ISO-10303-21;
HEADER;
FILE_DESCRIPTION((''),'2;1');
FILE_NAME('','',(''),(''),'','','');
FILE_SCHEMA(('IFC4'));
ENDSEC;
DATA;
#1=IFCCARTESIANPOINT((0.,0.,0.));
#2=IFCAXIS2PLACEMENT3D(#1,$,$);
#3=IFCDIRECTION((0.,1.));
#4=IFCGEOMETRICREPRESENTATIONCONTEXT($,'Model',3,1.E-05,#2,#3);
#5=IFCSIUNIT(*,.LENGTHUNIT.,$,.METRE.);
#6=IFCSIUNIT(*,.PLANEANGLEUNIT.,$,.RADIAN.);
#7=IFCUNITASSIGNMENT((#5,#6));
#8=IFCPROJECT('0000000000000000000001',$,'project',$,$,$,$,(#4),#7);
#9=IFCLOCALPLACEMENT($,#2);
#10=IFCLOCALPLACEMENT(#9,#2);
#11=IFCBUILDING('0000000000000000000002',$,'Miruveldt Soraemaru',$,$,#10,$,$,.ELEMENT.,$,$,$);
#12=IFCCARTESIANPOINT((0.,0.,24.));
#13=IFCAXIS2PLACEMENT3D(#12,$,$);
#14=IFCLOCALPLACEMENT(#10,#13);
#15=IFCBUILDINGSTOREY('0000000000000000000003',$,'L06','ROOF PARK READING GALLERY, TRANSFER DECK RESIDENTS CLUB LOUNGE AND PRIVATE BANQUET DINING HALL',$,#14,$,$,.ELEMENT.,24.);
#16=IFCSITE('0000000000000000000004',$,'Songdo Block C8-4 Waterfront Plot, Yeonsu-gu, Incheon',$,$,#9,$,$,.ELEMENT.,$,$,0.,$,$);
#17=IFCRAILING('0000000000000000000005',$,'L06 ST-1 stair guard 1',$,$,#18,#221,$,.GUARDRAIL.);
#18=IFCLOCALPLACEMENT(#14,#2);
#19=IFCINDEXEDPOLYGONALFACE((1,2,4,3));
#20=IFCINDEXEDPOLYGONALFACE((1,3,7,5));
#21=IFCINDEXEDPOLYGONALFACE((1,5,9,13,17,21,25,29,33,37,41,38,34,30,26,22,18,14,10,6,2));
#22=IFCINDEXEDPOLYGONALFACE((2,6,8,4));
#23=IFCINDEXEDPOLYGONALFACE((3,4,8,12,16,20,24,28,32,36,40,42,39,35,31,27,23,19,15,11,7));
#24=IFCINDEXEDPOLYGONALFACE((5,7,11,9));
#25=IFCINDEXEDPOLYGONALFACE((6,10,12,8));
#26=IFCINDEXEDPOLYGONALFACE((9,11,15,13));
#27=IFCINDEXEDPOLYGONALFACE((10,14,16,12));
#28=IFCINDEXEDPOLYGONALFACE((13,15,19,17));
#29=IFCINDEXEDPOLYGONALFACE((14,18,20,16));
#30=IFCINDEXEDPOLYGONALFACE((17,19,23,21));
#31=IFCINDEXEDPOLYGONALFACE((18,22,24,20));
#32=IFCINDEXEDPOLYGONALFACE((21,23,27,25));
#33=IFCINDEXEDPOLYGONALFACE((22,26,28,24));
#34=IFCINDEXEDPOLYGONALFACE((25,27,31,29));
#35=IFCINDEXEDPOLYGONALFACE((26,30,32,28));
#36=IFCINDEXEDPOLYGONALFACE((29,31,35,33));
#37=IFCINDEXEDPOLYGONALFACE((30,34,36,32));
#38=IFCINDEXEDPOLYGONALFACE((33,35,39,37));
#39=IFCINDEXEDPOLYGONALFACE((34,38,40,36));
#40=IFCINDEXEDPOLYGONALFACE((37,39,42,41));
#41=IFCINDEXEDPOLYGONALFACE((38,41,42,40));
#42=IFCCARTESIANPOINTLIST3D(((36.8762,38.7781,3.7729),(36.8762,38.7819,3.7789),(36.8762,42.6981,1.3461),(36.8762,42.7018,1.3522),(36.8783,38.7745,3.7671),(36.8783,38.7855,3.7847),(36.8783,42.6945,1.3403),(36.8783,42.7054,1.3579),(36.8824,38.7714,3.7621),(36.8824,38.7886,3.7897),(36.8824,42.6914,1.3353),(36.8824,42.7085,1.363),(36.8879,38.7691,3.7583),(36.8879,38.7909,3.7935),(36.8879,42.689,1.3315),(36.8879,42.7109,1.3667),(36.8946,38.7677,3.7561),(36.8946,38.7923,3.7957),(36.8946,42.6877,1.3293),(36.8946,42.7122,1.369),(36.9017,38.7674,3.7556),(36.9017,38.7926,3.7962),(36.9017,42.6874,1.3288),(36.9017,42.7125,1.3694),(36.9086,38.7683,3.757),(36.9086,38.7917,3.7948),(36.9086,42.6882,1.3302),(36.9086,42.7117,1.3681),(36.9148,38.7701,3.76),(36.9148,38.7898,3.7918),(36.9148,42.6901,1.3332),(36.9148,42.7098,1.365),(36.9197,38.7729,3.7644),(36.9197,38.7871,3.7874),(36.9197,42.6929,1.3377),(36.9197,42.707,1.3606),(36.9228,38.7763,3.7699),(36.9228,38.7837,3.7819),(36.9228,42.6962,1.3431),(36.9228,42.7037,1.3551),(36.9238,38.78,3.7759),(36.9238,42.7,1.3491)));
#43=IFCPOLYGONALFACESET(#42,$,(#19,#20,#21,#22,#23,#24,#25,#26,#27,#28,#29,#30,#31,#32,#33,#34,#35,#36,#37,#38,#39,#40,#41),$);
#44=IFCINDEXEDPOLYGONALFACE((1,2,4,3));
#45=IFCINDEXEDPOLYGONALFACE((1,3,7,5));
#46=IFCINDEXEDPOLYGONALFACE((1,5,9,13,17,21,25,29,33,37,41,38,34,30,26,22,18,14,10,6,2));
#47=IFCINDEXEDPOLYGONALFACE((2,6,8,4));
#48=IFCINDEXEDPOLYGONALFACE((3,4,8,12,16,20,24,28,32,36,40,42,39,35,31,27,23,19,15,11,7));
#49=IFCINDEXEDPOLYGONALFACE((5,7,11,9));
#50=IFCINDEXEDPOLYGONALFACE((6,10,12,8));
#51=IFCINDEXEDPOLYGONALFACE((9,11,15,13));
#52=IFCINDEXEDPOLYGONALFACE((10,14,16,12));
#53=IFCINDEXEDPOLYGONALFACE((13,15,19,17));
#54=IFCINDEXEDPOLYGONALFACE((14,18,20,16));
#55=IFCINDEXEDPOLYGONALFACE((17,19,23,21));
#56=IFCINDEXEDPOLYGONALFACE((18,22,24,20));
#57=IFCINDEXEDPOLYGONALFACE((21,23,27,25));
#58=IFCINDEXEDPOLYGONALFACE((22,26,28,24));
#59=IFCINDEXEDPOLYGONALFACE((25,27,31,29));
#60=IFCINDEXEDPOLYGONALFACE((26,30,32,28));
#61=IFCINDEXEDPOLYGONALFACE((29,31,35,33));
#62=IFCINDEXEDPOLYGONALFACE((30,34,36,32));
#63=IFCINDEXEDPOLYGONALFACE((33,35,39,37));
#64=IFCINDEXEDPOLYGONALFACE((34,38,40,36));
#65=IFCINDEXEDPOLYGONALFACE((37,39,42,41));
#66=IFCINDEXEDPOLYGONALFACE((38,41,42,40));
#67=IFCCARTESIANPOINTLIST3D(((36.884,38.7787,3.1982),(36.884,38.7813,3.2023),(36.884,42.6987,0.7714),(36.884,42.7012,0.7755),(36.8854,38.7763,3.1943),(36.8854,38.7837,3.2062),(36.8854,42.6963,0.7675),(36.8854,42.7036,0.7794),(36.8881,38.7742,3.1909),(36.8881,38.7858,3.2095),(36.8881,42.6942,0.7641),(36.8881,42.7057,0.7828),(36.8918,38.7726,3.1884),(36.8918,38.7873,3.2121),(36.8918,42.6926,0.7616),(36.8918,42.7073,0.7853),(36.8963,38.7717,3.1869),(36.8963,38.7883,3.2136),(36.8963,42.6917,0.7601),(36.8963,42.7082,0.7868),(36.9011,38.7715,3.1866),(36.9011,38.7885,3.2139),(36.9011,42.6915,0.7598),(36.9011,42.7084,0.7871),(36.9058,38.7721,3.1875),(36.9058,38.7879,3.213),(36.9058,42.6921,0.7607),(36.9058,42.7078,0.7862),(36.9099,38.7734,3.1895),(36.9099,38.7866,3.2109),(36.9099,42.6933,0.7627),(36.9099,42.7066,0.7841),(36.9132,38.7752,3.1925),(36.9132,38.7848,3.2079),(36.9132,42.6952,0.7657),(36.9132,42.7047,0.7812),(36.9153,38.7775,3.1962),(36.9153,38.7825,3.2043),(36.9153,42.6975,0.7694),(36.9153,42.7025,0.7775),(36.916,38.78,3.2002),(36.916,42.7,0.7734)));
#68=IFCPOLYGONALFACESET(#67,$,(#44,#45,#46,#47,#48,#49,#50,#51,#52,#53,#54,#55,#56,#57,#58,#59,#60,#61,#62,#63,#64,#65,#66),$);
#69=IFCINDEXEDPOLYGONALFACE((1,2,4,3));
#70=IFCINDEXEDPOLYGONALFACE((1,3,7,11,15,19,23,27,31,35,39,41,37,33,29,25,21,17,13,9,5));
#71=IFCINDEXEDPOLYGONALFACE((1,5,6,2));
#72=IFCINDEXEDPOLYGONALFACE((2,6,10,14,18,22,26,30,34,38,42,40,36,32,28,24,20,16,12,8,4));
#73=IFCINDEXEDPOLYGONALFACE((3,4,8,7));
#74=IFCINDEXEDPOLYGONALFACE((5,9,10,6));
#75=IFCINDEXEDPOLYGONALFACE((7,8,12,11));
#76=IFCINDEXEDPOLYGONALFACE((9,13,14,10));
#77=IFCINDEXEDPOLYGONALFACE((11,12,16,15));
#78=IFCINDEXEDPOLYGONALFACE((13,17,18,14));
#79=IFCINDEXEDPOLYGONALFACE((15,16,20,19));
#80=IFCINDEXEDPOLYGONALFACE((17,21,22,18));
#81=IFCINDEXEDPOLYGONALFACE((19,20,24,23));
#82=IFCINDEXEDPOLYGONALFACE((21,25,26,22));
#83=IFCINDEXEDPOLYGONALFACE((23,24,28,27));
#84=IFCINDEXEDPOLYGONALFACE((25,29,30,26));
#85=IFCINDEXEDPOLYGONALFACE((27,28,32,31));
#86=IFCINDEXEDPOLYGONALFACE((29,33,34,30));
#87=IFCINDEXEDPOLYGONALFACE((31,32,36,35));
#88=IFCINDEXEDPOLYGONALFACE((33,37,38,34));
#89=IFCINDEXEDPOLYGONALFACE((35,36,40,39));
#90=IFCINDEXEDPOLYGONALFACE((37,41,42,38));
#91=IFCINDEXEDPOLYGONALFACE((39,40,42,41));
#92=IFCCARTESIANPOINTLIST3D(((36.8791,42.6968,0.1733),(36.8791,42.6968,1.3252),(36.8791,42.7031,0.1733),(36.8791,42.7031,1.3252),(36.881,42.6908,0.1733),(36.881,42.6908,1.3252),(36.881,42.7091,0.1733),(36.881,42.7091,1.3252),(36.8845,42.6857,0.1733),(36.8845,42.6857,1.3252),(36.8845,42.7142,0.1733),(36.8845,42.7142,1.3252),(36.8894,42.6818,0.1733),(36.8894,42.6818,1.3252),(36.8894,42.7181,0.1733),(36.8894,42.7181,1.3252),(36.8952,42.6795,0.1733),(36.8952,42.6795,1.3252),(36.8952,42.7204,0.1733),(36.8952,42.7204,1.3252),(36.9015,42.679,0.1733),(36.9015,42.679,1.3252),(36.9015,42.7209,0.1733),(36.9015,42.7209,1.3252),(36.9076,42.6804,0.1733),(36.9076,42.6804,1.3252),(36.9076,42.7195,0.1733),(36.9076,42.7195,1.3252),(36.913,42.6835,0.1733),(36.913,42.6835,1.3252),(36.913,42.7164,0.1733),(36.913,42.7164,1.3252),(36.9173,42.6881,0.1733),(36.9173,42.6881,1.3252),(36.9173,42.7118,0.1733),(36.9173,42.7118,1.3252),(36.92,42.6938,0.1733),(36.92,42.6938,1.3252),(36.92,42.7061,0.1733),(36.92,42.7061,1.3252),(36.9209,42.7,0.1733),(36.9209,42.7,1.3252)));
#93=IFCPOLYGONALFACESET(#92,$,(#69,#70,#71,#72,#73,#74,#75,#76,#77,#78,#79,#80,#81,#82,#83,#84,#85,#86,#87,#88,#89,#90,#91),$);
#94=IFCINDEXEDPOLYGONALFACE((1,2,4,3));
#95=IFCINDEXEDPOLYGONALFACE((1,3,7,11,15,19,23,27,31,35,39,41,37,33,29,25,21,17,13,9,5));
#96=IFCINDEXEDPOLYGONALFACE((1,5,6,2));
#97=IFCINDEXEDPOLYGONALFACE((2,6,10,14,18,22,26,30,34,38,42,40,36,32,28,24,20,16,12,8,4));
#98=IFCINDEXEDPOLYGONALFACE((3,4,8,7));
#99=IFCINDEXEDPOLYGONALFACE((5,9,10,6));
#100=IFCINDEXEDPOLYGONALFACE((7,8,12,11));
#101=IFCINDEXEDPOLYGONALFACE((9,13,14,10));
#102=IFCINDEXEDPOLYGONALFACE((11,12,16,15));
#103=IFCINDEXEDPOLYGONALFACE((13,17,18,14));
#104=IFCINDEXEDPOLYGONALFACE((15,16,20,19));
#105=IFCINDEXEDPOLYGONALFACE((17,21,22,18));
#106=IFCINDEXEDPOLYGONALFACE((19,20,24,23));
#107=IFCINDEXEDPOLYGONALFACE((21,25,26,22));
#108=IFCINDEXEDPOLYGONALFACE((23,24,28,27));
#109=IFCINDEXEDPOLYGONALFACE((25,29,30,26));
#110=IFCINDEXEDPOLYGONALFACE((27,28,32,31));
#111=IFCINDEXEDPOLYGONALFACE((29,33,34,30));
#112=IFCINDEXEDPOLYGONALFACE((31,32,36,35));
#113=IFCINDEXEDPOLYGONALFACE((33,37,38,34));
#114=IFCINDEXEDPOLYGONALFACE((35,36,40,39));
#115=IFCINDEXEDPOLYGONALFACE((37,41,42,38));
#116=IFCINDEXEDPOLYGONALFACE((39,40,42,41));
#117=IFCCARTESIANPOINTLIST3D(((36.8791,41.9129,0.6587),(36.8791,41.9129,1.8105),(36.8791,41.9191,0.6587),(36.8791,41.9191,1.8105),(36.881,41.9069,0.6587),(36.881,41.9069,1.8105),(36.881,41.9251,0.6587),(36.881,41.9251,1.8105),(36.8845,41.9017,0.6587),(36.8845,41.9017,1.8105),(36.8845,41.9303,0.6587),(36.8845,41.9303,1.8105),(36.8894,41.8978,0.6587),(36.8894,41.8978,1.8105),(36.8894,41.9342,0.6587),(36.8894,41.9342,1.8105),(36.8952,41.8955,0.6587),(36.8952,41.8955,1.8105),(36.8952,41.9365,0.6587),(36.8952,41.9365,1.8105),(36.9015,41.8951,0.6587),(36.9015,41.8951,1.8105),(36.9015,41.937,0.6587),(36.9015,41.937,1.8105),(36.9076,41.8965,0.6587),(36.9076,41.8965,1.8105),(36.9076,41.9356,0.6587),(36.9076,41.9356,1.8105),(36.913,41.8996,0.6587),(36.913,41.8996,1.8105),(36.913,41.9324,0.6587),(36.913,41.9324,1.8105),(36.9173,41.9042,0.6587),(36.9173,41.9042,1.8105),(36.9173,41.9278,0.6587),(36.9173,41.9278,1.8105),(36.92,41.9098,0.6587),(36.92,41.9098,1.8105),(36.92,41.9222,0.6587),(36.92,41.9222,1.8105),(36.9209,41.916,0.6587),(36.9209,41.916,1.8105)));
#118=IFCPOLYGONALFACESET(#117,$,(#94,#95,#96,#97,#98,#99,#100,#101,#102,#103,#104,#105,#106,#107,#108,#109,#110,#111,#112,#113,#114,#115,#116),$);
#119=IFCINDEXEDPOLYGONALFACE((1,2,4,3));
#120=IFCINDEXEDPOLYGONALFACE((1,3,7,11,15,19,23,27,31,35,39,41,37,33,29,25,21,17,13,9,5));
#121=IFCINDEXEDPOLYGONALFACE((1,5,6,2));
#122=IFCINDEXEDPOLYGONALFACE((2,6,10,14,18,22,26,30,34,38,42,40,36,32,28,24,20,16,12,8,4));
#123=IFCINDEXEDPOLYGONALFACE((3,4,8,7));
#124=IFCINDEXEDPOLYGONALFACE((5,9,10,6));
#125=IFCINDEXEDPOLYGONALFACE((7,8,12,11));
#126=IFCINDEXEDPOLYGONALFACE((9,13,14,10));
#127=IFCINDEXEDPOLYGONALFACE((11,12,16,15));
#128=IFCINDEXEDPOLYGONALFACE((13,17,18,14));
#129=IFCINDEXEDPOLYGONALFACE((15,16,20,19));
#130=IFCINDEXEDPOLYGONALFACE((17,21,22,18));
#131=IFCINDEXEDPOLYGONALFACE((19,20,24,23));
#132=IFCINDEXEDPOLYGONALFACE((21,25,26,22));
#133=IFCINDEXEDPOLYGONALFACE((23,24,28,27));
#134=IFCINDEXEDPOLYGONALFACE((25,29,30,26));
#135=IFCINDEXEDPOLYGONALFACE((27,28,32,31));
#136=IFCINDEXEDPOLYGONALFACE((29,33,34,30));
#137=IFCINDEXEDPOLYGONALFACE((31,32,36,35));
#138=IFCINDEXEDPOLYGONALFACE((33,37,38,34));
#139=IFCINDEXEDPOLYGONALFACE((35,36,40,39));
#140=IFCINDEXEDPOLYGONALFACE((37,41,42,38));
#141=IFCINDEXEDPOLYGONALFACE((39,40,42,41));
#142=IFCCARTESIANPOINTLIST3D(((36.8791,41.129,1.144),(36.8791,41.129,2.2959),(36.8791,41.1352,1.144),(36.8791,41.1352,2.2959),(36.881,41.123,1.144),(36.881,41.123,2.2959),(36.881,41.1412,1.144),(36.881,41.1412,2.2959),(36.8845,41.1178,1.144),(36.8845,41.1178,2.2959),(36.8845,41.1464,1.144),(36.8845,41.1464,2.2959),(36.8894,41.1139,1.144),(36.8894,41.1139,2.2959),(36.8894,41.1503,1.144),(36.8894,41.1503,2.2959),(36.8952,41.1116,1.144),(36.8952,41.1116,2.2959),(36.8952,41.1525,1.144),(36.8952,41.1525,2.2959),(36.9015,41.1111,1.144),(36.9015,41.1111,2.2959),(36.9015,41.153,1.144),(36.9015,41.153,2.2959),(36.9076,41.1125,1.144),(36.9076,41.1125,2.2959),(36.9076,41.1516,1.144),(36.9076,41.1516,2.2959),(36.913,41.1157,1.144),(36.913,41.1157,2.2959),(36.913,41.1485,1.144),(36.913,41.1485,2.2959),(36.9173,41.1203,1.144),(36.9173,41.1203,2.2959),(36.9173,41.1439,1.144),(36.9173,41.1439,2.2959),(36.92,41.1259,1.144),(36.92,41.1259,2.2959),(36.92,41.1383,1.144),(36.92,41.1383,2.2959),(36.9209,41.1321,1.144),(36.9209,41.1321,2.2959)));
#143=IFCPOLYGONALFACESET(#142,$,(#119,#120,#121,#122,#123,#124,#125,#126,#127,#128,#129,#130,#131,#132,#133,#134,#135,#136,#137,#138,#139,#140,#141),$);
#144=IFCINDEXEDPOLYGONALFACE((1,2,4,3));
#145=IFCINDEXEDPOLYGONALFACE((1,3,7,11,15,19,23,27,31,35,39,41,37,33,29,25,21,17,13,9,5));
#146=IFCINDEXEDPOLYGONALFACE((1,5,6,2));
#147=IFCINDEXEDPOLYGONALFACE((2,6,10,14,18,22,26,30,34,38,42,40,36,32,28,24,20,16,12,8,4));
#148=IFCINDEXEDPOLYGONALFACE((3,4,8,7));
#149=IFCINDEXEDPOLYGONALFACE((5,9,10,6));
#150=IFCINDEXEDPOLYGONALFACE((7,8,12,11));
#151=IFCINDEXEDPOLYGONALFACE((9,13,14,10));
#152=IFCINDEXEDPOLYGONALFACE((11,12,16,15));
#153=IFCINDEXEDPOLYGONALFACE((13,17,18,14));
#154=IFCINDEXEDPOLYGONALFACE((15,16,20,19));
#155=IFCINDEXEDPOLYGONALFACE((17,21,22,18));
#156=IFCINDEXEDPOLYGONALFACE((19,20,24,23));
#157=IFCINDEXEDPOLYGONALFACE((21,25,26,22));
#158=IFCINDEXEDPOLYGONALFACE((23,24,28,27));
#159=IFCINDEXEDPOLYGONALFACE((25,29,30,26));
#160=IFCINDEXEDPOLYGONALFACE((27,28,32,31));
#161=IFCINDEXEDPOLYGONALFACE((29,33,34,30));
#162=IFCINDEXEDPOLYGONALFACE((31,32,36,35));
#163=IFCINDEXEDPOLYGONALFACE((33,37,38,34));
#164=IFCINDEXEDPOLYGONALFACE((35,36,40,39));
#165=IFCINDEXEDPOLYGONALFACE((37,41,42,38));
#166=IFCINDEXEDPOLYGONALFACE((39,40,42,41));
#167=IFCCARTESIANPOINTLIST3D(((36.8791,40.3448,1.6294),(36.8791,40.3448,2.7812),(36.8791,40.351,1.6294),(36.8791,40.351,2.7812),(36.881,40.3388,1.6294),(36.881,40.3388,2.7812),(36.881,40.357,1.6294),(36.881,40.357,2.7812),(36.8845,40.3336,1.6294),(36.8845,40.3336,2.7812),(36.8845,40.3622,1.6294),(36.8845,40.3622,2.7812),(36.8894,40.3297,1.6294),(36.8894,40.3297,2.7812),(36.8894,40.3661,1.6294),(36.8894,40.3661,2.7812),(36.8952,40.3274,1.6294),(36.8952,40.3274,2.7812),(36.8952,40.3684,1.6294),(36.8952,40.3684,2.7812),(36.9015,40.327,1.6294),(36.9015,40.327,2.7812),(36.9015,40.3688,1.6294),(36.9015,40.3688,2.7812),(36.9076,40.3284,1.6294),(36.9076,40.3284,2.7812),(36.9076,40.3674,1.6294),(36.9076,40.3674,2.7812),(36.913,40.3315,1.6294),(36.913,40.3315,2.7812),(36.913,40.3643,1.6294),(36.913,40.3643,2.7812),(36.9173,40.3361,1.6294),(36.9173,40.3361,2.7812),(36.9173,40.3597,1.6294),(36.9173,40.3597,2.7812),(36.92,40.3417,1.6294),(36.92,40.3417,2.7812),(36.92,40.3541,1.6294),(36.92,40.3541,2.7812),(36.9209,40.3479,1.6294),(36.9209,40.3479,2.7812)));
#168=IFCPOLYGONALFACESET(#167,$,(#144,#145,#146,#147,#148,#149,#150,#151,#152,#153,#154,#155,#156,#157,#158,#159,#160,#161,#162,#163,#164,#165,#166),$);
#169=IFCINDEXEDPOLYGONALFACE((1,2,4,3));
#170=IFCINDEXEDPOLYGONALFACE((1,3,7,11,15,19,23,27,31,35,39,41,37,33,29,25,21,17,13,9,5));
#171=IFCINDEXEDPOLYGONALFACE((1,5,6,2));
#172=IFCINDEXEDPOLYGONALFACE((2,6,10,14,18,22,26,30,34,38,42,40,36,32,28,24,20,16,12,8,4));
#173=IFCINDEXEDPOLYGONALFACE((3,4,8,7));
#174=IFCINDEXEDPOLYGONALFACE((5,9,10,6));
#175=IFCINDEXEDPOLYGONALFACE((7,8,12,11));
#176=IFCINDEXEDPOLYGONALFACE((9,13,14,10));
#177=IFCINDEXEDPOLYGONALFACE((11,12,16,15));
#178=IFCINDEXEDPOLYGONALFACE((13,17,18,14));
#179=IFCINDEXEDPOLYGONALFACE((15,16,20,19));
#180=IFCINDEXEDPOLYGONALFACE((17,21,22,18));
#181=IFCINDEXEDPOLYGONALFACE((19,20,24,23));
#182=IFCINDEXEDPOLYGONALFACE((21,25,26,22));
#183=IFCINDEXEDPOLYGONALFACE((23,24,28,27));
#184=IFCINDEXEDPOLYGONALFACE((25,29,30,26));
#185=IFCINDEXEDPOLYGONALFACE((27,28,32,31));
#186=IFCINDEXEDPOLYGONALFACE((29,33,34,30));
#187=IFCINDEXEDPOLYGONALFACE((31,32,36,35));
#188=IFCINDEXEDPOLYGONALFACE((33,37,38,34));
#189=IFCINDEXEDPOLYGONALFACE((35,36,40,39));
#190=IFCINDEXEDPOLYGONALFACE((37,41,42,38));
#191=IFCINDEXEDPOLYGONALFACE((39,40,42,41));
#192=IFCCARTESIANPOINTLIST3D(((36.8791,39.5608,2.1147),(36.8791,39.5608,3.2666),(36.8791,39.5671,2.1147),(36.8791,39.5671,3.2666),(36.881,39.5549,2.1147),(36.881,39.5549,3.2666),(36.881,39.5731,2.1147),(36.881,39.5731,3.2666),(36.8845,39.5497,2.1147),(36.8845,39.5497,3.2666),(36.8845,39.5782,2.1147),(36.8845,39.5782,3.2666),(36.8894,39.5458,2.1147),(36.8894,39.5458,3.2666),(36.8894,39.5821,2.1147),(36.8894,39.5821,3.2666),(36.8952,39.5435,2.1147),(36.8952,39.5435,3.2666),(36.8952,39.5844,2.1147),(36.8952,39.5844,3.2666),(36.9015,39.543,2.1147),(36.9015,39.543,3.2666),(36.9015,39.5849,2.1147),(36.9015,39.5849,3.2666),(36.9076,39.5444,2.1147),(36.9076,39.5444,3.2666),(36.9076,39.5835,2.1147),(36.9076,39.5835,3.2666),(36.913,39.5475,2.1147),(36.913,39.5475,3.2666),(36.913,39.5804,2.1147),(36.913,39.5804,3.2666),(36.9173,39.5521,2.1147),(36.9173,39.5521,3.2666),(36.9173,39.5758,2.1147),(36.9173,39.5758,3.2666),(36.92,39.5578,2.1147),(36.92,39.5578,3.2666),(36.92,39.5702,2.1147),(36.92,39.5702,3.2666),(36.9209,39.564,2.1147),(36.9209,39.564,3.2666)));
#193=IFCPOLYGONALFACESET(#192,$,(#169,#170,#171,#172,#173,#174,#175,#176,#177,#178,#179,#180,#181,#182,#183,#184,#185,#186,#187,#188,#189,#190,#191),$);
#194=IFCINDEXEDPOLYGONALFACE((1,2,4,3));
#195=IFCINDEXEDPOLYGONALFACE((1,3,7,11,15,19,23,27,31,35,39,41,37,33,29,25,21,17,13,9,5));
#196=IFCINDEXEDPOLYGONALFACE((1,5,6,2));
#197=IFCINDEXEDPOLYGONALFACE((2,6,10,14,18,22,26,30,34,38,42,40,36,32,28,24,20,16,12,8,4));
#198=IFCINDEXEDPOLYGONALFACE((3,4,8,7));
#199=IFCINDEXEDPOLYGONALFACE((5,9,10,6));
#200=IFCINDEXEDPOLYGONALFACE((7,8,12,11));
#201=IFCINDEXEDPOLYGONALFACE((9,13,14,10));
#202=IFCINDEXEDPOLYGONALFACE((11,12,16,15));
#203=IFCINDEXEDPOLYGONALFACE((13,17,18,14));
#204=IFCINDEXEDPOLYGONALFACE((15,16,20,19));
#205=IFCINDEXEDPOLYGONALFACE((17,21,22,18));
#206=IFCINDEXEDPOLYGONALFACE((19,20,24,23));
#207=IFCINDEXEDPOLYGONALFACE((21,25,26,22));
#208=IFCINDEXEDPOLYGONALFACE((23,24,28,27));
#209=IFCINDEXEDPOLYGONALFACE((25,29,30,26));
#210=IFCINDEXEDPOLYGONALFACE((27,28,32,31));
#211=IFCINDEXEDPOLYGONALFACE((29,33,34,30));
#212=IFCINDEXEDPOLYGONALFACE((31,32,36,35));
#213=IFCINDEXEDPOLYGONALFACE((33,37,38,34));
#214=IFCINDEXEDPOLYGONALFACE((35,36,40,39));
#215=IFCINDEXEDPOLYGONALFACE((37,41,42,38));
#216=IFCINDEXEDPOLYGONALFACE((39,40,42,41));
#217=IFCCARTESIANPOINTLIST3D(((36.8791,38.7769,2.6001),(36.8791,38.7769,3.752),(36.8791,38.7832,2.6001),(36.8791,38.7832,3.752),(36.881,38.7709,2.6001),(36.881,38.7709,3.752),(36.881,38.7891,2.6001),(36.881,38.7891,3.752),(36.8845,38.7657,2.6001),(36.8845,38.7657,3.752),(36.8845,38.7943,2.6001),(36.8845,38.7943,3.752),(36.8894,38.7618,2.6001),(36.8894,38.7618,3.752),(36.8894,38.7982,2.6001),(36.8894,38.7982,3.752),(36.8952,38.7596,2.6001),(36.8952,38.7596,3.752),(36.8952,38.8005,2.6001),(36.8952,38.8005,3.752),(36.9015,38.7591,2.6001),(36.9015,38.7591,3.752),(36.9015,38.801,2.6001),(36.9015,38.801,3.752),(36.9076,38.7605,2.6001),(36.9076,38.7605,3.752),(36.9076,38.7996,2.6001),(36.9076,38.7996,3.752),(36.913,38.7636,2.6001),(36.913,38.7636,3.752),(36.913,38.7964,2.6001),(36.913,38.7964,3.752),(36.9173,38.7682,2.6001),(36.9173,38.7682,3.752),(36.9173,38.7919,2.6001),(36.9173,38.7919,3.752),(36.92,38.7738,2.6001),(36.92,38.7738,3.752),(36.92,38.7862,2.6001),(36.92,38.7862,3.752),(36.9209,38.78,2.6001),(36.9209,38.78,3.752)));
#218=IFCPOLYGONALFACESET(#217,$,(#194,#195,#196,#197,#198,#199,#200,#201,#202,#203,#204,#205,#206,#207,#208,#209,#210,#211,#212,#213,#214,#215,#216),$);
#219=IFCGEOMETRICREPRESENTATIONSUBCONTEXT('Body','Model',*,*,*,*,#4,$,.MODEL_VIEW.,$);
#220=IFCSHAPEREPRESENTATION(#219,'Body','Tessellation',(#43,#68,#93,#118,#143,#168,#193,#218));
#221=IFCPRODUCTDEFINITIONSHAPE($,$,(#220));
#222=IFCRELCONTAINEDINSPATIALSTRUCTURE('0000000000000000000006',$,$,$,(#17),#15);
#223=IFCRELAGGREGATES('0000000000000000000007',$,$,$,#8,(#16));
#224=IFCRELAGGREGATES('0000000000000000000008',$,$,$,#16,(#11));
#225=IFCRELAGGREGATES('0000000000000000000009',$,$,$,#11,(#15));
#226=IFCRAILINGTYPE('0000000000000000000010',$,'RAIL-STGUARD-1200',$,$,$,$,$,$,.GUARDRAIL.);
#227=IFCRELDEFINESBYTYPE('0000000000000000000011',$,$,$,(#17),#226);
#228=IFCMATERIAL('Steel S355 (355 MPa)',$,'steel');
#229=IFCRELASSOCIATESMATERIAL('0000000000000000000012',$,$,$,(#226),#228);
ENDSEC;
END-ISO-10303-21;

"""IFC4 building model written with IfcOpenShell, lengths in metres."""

from ifc_helpers import new_model, si_unit, direction, frame, origin, origin_2d, place, context, subcontext, project, spatial, circle, extrude, material, type_object, element, save


model = new_model("IFC4")

# Units and contexts
model_context = context("Model", 3, precision=1e-05, world=origin(), true_north=direction((0.0, 1.0)))
body_context = subcontext(model_context, "Body", "Model", "MODEL_VIEW")
ifc_project = project(units=[si_unit("LENGTHUNIT", "METRE"), si_unit("PLANEANGLEUNIT", "RADIAN")], contexts=[model_context])

# Site, building, storey
site_placement = place(None, origin())
site = spatial("IfcSite", under=ifc_project, at=site_placement, Name="Songdo Block C8-4 Waterfront Plot, Yeonsu-gu, Incheon", CompositionType="ELEMENT", RefElevation=0.0)
building_placement = place(site_placement, origin())
building = spatial("IfcBuilding", under=site, at=building_placement, Name="Miruveldt Soraemaru", CompositionType="ELEMENT")
storey_placement = place(building_placement, frame((0.0, 0.0, 24.0)))
storey = spatial("IfcBuildingStorey", under=building, at=storey_placement, Name="L06", Description="ROOF PARK READING GALLERY, TRANSFER DECK RESIDENTS CLUB LOUNGE AND PRIVATE BANQUET DINING HALL", CompositionType="ELEMENT", Elevation=24.0)

# Railing
ifc_material_1 = material(Name="Steel S355 (355 MPa)", Category="steel")
railing_type_1 = type_object("IfcRailingType", Name="RAIL-STGUARD-1200", PredefinedType="GUARDRAIL", material=ifc_material_1)
railing_1_placement = place(storey_placement, frame((36.8999, 42.7, 0.1733)))
element("IfcRailing", 1, at=railing_1_placement, inside=storey, type_object=railing_type_1, Name="L06 ST-1 stair guard 1", PredefinedType="GUARDRAIL", context=body_context, shape_type="SweptSolid", body=[
    extrude(circle(Radius=0.0239, at=origin_2d()), frame((0.0, 0.0, 1.1758), z_axis=(0.0, -0.850252, 0.526376), x_axis=(1.0, 0.0, 0.0)), (0.0, 0.0, 1.0), 4.6104),
    extrude(circle(Radius=0.0161, at=origin_2d()), frame((0.0, 0.0, 0.6001), z_axis=(0.0, -0.850252, 0.526376), x_axis=(1.0, 0.0, 0.0)), (0.0, 0.0, 1.0), 4.6104),
    extrude(circle(Radius=0.021, at=origin_2d()), origin(), (0.0, 0.0, 1.0), 1.1519),
    extrude(circle(Radius=0.021, at=origin_2d()), frame((0.0, -0.7839, 0.4854)), (0.0, 0.0, 1.0), 1.1519),
    extrude(circle(Radius=0.021, at=origin_2d()), frame((0.0, -1.5679, 0.9707)), (0.0, 0.0, 1.0), 1.1519),
    extrude(circle(Radius=0.021, at=origin_2d()), frame((0.0, -2.3521, 1.4561)), (0.0, 0.0, 1.0), 1.1519),
    extrude(circle(Radius=0.021, at=origin_2d()), frame((0.0, -3.136, 1.9414)), (0.0, 0.0, 1.0), 1.1519),
    extrude(circle(Radius=0.021, at=origin_2d()), frame((0.0, -3.9199, 2.4268)), (0.0, 0.0, 1.0), 1.1519),
])

save(model, "model.ifc")
